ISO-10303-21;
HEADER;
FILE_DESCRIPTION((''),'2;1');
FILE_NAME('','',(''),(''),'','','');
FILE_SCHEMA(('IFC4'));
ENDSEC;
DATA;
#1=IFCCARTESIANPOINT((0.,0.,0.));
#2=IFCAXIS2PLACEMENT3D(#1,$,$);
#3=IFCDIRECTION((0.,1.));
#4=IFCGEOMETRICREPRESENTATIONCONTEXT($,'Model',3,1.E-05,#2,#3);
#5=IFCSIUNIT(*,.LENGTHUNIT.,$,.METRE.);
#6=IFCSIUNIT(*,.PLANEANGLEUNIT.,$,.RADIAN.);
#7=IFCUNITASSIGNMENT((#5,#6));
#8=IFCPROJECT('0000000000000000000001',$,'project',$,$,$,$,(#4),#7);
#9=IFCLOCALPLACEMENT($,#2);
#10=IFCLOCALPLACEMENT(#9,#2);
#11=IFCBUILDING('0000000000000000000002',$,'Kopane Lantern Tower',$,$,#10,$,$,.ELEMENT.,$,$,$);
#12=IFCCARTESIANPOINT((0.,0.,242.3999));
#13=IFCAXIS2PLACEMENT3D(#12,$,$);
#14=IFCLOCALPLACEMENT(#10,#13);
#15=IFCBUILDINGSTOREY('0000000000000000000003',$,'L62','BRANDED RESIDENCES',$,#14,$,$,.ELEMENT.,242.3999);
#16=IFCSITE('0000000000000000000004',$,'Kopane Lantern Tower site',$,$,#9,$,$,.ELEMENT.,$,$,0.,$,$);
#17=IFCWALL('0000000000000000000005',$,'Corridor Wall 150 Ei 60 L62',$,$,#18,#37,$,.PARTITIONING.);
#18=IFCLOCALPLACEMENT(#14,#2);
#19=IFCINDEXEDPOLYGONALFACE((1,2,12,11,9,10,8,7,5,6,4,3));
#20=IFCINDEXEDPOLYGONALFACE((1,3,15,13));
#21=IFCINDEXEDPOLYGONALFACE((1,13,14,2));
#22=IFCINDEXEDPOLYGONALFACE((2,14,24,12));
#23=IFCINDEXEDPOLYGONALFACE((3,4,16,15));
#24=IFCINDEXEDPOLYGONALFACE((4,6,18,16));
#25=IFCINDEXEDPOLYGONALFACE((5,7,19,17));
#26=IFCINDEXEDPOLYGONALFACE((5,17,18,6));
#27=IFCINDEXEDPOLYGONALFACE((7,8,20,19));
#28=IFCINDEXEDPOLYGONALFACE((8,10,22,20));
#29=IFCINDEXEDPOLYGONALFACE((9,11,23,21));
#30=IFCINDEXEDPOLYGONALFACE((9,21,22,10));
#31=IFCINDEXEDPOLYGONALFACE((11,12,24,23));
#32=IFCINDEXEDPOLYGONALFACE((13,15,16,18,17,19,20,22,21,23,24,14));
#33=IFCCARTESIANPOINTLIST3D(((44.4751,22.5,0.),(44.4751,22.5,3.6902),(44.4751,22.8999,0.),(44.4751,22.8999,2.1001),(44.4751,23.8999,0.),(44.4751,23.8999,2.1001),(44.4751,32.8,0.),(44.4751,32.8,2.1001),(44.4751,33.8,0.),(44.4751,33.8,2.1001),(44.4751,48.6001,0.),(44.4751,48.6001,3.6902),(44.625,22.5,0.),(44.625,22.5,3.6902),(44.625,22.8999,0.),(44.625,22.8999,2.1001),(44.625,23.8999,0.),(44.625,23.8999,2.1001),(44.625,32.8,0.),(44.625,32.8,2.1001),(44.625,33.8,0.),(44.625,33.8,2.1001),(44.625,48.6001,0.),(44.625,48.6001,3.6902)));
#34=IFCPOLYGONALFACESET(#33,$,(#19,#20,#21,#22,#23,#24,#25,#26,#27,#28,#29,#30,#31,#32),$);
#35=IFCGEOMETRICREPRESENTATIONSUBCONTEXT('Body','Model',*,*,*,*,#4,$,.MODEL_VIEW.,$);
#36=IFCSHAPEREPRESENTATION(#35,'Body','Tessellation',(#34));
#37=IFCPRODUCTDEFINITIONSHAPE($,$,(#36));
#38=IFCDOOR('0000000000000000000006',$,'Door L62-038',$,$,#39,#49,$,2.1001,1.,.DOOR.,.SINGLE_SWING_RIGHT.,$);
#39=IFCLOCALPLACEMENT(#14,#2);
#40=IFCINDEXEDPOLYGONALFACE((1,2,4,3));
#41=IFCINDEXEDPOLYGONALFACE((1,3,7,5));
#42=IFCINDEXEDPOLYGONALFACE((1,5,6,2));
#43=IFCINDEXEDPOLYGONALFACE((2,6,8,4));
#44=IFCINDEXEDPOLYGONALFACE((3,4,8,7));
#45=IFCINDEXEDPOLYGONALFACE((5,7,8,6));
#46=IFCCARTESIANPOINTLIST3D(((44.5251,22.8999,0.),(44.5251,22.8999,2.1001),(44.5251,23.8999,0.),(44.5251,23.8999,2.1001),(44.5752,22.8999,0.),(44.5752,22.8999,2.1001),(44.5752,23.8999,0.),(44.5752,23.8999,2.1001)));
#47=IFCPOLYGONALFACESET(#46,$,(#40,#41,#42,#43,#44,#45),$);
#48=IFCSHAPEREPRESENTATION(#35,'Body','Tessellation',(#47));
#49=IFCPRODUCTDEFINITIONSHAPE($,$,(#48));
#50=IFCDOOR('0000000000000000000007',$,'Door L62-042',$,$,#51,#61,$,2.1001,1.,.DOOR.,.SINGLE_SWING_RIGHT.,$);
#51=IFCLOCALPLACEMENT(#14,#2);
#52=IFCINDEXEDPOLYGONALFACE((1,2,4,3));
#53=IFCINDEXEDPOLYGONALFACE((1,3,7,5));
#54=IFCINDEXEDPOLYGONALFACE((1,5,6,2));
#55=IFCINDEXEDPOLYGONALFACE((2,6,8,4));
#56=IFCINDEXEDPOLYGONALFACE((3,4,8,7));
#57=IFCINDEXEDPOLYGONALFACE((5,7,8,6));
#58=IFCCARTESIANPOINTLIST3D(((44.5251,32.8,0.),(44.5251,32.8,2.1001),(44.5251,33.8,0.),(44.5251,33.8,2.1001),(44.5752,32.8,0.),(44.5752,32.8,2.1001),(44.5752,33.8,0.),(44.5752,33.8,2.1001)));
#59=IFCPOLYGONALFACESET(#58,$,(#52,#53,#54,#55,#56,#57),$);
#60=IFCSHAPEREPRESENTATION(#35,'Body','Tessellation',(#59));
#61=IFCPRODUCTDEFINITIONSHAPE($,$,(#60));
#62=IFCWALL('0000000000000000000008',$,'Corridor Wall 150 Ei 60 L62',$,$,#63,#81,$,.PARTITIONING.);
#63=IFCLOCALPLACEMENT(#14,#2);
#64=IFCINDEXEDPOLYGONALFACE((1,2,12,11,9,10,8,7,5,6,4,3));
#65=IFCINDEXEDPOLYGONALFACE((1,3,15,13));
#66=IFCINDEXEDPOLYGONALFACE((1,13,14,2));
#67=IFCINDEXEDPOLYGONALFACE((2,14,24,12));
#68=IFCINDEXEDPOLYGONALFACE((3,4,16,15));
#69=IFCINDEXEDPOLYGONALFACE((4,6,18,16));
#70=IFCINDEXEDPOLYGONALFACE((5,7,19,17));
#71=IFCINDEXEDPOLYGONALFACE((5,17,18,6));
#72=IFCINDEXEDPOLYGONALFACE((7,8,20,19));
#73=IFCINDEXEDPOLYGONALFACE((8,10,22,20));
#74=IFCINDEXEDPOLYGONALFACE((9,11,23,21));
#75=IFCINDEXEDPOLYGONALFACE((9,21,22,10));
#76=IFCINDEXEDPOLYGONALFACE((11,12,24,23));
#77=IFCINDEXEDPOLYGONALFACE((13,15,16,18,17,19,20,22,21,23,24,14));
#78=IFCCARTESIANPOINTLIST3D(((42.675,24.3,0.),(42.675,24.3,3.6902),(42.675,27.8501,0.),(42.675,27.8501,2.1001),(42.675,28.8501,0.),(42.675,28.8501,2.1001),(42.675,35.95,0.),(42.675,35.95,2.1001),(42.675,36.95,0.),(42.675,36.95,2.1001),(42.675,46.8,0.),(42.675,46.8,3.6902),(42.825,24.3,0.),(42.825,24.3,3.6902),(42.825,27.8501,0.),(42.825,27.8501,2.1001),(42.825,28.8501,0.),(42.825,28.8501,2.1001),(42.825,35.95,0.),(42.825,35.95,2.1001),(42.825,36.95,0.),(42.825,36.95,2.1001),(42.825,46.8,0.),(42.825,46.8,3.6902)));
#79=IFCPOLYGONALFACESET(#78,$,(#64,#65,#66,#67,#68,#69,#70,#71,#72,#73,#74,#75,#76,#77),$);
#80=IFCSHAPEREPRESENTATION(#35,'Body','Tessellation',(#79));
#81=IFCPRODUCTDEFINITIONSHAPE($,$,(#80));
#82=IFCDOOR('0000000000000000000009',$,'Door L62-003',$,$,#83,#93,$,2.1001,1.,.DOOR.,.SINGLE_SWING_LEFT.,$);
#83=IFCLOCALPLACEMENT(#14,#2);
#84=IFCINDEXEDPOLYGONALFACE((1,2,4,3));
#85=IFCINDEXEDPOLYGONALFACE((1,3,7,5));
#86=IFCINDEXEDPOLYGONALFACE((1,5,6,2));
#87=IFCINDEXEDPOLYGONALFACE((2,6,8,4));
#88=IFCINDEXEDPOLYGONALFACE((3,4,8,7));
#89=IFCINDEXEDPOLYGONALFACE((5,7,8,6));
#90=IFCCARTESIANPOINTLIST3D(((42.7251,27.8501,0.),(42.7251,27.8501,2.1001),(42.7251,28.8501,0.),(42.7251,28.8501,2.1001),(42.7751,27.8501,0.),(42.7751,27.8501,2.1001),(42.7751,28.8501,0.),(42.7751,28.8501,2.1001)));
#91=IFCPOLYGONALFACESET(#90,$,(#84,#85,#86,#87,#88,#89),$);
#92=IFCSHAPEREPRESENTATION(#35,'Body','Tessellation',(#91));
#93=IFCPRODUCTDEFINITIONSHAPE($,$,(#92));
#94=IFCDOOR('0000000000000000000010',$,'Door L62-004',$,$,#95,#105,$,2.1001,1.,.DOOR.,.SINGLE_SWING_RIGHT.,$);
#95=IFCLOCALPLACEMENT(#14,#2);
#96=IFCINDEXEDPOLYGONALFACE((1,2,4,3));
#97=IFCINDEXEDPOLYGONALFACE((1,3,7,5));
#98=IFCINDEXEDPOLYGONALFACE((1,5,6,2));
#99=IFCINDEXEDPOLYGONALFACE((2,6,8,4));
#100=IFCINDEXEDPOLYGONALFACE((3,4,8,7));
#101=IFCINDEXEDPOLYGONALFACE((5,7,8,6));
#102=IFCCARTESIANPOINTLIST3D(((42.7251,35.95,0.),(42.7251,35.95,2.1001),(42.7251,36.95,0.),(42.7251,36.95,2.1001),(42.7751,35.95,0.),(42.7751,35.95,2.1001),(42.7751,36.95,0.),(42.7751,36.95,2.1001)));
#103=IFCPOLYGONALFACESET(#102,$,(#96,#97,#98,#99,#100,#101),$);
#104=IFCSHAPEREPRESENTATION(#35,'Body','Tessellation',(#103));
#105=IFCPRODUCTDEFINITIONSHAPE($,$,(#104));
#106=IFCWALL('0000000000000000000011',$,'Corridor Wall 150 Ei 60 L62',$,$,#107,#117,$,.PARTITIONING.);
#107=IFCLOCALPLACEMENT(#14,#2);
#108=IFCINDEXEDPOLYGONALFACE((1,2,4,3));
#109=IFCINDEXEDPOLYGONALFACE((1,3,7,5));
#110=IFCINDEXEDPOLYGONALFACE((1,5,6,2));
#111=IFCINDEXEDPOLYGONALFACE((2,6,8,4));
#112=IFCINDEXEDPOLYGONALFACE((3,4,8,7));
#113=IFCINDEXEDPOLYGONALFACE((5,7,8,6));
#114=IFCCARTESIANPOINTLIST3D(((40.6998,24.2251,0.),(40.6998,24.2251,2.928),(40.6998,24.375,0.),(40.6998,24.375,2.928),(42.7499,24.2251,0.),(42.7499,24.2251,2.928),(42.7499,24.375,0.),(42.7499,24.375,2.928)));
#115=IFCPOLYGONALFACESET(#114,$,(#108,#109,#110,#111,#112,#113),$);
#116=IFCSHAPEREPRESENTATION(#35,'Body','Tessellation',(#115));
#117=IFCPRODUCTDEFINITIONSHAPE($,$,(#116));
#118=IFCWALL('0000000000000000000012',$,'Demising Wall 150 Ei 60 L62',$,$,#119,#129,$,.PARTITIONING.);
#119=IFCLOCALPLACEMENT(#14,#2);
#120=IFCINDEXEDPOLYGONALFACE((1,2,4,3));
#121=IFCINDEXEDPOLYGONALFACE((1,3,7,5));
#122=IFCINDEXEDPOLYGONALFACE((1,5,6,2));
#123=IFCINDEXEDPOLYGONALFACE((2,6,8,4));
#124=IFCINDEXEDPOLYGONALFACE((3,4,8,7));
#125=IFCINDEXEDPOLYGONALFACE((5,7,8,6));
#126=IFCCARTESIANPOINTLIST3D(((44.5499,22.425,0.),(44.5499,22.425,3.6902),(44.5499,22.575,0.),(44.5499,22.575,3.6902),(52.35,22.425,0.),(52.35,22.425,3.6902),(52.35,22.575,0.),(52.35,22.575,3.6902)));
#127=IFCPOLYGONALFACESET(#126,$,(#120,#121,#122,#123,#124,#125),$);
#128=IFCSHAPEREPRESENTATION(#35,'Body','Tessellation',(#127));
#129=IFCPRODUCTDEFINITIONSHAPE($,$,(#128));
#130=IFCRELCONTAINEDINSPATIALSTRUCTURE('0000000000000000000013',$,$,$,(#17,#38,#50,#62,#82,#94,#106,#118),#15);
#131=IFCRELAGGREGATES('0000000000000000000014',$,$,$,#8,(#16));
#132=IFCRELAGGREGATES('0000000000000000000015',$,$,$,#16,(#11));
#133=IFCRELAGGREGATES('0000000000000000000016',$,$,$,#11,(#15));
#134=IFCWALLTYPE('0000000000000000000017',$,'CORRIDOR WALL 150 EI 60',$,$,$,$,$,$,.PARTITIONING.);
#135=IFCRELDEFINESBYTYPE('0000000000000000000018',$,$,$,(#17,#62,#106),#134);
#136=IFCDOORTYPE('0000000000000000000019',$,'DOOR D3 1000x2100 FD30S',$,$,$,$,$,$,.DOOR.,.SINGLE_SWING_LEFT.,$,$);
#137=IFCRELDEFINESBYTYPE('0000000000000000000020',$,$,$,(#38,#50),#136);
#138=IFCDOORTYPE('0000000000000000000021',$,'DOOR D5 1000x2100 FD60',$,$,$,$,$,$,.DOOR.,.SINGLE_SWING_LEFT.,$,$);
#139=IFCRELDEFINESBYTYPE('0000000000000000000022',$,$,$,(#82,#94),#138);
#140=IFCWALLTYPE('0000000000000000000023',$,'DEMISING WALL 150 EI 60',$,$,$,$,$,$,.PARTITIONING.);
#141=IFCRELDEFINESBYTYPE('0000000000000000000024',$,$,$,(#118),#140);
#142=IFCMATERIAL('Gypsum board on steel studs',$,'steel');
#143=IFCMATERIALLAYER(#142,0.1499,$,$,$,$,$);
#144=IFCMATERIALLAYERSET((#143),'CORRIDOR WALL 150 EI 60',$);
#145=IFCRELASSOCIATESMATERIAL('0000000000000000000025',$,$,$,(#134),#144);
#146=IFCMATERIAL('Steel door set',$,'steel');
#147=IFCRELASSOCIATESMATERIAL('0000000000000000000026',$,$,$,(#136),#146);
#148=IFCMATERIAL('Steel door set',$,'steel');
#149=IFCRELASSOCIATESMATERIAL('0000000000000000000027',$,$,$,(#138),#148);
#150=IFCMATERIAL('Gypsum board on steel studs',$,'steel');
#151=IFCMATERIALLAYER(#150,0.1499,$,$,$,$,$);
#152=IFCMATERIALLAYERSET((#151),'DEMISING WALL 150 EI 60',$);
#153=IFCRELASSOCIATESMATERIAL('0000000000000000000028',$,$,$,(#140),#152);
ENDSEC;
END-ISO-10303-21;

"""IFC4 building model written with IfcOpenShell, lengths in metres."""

from ifc_helpers import new_model, si_unit, direction, frame, frame_2d, origin, place, context, subcontext, project, spatial, rectangle, extrude, material, layer, layer_set, type_object, element, fill, save


model = new_model("IFC4")

# Units and contexts
model_context = context("Model", 3, precision=1e-05, world=origin(), true_north=direction((0.0, 1.0)))
body_context = subcontext(model_context, "Body", "Model", "MODEL_VIEW")
ifc_project = project(units=[si_unit("LENGTHUNIT", "METRE"), si_unit("PLANEANGLEUNIT", "RADIAN")], contexts=[model_context])

# Site, building, storey
site_placement = place(None, origin())
site = spatial("IfcSite", under=ifc_project, at=site_placement, Name="Kopane Lantern Tower site", CompositionType="ELEMENT", RefElevation=0.0)
building_placement = place(site_placement, origin())
building = spatial("IfcBuilding", under=site, at=building_placement, Name="Kopane Lantern Tower", CompositionType="ELEMENT")
storey_placement = place(building_placement, frame((0.0, 0.0, 242.3999)))
storey = spatial("IfcBuildingStorey", under=building, at=storey_placement, Name="L62", Description="BRANDED RESIDENCES", CompositionType="ELEMENT", Elevation=242.3999)

# Walls, openings, doors
ifc_material_1 = material(Name="Gypsum board on steel studs", Category="steel")
ifc_layer_1 = layer(ifc_material_1, 0.1499)
ifc_layer_set_1 = layer_set([ifc_layer_1], Name="CORRIDOR WALL 150 EI 60")
wall_type_1 = type_object("IfcWallType", Name="CORRIDOR WALL 150 EI 60", PredefinedType="PARTITIONING", material=ifc_layer_set_1)
wall_1_placement = place(storey_placement, frame((44.55, 22.5, 0.0), z_axis=(0.0, 0.0, 1.0), x_axis=(0.0, 1.0, 0.0)))
wall_1 = element("IfcWall", 1, at=wall_1_placement, inside=storey, type_object=wall_type_1, Name="Corridor Wall 150 Ei 60 L62", PredefinedType="PARTITIONING", context=body_context, shape_type="SweptSolid", body=[
    extrude(rectangle(XDim=26.1001, YDim=0.1499, at=frame_2d((13.05, 0.0))), origin(), (0.0, 0.0, 1.0), 3.6902),
])
opening_1_placement = place(wall_1_placement, frame((0.3999, 0.0, 0.0)))
opening_1 = element("IfcOpeningElement", 2, at=opening_1_placement, cuts=wall_1, PredefinedType="OPENING", context=body_context, shape_type="SweptSolid", body=[
    extrude(rectangle(XDim=1.0, YDim=2.1001, at=frame_2d((0.5, 1.05))), frame((0.0, 0.085, 0.0), z_axis=(0.0, -1.0, 0.0), x_axis=(1.0, 0.0, 0.0)), (0.0, 0.0, 1.0), 0.1699),
])
opening_2_placement = place(wall_1_placement, frame((10.3, 0.0, 0.0)))
opening_2 = element("IfcOpeningElement", 3, at=opening_2_placement, cuts=wall_1, PredefinedType="OPENING", context=body_context, shape_type="SweptSolid", body=[
    extrude(rectangle(XDim=1.0, YDim=2.1001, at=frame_2d((0.5, 1.05))), frame((0.0, 0.085, 0.0), z_axis=(0.0, -1.0, 0.0), x_axis=(1.0, 0.0, 0.0)), (0.0, 0.0, 1.0), 0.1699),
])
ifc_material_2 = material(Name="Steel door set", Category="steel")
door_type_1 = type_object("IfcDoorType", Name="DOOR D3 1000x2100 FD30S", OperationType="SINGLE_SWING_LEFT", PredefinedType="DOOR", material=ifc_material_2)
door_1_placement = place(opening_1_placement, origin())
door_1 = element("IfcDoor", 4, at=door_1_placement, inside=storey, type_object=door_type_1, Name="Door L62-038", OperationType="SINGLE_SWING_RIGHT", OverallHeight=2.1001, OverallWidth=1.0, PredefinedType="DOOR", context=body_context, shape_type="SweptSolid", body=[
    extrude(rectangle(XDim=1.0, YDim=2.1001, at=frame_2d((0.5, 1.05))), frame((0.0, 0.0249, 0.0), z_axis=(0.0, -1.0, 0.0), x_axis=(1.0, 0.0, 0.0)), (0.0, 0.0, 1.0), 0.05),
])
fill(opening_1, door_1)
door_2_placement = place(opening_2_placement, origin())
door_2 = element("IfcDoor", 5, at=door_2_placement, inside=storey, type_object=door_type_1, Name="Door L62-042", OperationType="SINGLE_SWING_RIGHT", OverallHeight=2.1001, OverallWidth=1.0, PredefinedType="DOOR", context=body_context, shape_type="SweptSolid", body=[
    extrude(rectangle(XDim=1.0, YDim=2.1001, at=frame_2d((0.5, 1.05))), frame((0.0, 0.0249, 0.0), z_axis=(0.0, -1.0, 0.0), x_axis=(1.0, 0.0, 0.0)), (0.0, 0.0, 1.0), 0.05),
])
fill(opening_2, door_2)
wall_2_placement = place(storey_placement, frame((42.75, 24.3, 0.0), z_axis=(0.0, 0.0, 1.0), x_axis=(0.0, 1.0, 0.0)))
wall_2 = element("IfcWall", 6, at=wall_2_placement, inside=storey, type_object=wall_type_1, Name="Corridor Wall 150 Ei 60 L62", PredefinedType="PARTITIONING", context=body_context, shape_type="SweptSolid", body=[
    extrude(rectangle(XDim=22.5, YDim=0.1499, at=frame_2d((11.25, 0.0))), origin(), (0.0, 0.0, 1.0), 3.6902),
])
opening_3_placement = place(wall_2_placement, frame((3.55, 0.0, 0.0)))
opening_3 = element("IfcOpeningElement", 7, at=opening_3_placement, cuts=wall_2, PredefinedType="OPENING", context=body_context, shape_type="SweptSolid", body=[
    extrude(rectangle(XDim=1.0, YDim=2.1001, at=frame_2d((0.5, 1.05))), frame((0.0, 0.085, 0.0), z_axis=(0.0, -1.0, 0.0), x_axis=(1.0, 0.0, 0.0)), (0.0, 0.0, 1.0), 0.1699),
])
opening_4_placement = place(wall_2_placement, frame((11.6499, 0.0, 0.0)))
opening_4 = element("IfcOpeningElement", 8, at=opening_4_placement, cuts=wall_2, PredefinedType="OPENING", context=body_context, shape_type="SweptSolid", body=[
    extrude(rectangle(XDim=1.0, YDim=2.1001, at=frame_2d((0.5, 1.05))), frame((0.0, 0.085, 0.0), z_axis=(0.0, -1.0, 0.0), x_axis=(1.0, 0.0, 0.0)), (0.0, 0.0, 1.0), 0.1699),
])
ifc_material_3 = material(Name="Steel door set", Category="steel")
door_type_2 = type_object("IfcDoorType", Name="DOOR D5 1000x2100 FD60", OperationType="SINGLE_SWING_LEFT", PredefinedType="DOOR", material=ifc_material_3)
door_3_placement = place(opening_3_placement, origin())
door_3 = element("IfcDoor", 9, at=door_3_placement, inside=storey, type_object=door_type_2, Name="Door L62-003", OperationType="SINGLE_SWING_LEFT", OverallHeight=2.1001, OverallWidth=1.0, PredefinedType="DOOR", context=body_context, shape_type="SweptSolid", body=[
    extrude(rectangle(XDim=1.0, YDim=2.1001, at=frame_2d((0.5, 1.05))), frame((0.0, 0.0249, 0.0), z_axis=(0.0, -1.0, 0.0), x_axis=(1.0, 0.0, 0.0)), (0.0, 0.0, 1.0), 0.05),
])
fill(opening_3, door_3)
door_4_placement = place(opening_4_placement, origin())
door_4 = element("IfcDoor", 10, at=door_4_placement, inside=storey, type_object=door_type_2, Name="Door L62-004", OperationType="SINGLE_SWING_RIGHT", OverallHeight=2.1001, OverallWidth=1.0, PredefinedType="DOOR", context=body_context, shape_type="SweptSolid", body=[
    extrude(rectangle(XDim=1.0, YDim=2.1001, at=frame_2d((0.5, 1.05))), frame((0.0, 0.0249, 0.0), z_axis=(0.0, -1.0, 0.0), x_axis=(1.0, 0.0, 0.0)), (0.0, 0.0, 1.0), 0.05),
])
fill(opening_4, door_4)

# Walls
wall_3_placement = place(storey_placement, frame((40.7, 24.3, 0.0), z_axis=(0.0, 0.0, 1.0), x_axis=(1.0, 0.0, 0.0)))
element("IfcWall", 11, at=wall_3_placement, inside=storey, type_object=wall_type_1, Name="Corridor Wall 150 Ei 60 L62", PredefinedType="PARTITIONING", context=body_context, shape_type="SweptSolid", body=[
    extrude(rectangle(XDim=2.05, YDim=0.1499, at=frame_2d((1.0249, 0.0))), origin(), (0.0, 0.0, 1.0), 2.928),
])
ifc_material_4 = material(Name="Gypsum board on steel studs", Category="steel")
ifc_layer_2 = layer(ifc_material_4, 0.1499)
ifc_layer_set_2 = layer_set([ifc_layer_2], Name="DEMISING WALL 150 EI 60")
wall_type_2 = type_object("IfcWallType", Name="DEMISING WALL 150 EI 60", PredefinedType="PARTITIONING", material=ifc_layer_set_2)
wall_4_placement = place(storey_placement, frame((44.55, 22.5, 0.0), z_axis=(0.0, 0.0, 1.0), x_axis=(1.0, 0.0, 0.0)))
element("IfcWall", 12, at=wall_4_placement, inside=storey, type_object=wall_type_2, Name="Demising Wall 150 Ei 60 L62", PredefinedType="PARTITIONING", context=body_context, shape_type="SweptSolid", body=[
    extrude(rectangle(XDim=7.8, YDim=0.1499, at=frame_2d((3.8999, 0.0))), origin(), (0.0, 0.0, 1.0), 3.6902),
])

save(model, "model.ifc")
